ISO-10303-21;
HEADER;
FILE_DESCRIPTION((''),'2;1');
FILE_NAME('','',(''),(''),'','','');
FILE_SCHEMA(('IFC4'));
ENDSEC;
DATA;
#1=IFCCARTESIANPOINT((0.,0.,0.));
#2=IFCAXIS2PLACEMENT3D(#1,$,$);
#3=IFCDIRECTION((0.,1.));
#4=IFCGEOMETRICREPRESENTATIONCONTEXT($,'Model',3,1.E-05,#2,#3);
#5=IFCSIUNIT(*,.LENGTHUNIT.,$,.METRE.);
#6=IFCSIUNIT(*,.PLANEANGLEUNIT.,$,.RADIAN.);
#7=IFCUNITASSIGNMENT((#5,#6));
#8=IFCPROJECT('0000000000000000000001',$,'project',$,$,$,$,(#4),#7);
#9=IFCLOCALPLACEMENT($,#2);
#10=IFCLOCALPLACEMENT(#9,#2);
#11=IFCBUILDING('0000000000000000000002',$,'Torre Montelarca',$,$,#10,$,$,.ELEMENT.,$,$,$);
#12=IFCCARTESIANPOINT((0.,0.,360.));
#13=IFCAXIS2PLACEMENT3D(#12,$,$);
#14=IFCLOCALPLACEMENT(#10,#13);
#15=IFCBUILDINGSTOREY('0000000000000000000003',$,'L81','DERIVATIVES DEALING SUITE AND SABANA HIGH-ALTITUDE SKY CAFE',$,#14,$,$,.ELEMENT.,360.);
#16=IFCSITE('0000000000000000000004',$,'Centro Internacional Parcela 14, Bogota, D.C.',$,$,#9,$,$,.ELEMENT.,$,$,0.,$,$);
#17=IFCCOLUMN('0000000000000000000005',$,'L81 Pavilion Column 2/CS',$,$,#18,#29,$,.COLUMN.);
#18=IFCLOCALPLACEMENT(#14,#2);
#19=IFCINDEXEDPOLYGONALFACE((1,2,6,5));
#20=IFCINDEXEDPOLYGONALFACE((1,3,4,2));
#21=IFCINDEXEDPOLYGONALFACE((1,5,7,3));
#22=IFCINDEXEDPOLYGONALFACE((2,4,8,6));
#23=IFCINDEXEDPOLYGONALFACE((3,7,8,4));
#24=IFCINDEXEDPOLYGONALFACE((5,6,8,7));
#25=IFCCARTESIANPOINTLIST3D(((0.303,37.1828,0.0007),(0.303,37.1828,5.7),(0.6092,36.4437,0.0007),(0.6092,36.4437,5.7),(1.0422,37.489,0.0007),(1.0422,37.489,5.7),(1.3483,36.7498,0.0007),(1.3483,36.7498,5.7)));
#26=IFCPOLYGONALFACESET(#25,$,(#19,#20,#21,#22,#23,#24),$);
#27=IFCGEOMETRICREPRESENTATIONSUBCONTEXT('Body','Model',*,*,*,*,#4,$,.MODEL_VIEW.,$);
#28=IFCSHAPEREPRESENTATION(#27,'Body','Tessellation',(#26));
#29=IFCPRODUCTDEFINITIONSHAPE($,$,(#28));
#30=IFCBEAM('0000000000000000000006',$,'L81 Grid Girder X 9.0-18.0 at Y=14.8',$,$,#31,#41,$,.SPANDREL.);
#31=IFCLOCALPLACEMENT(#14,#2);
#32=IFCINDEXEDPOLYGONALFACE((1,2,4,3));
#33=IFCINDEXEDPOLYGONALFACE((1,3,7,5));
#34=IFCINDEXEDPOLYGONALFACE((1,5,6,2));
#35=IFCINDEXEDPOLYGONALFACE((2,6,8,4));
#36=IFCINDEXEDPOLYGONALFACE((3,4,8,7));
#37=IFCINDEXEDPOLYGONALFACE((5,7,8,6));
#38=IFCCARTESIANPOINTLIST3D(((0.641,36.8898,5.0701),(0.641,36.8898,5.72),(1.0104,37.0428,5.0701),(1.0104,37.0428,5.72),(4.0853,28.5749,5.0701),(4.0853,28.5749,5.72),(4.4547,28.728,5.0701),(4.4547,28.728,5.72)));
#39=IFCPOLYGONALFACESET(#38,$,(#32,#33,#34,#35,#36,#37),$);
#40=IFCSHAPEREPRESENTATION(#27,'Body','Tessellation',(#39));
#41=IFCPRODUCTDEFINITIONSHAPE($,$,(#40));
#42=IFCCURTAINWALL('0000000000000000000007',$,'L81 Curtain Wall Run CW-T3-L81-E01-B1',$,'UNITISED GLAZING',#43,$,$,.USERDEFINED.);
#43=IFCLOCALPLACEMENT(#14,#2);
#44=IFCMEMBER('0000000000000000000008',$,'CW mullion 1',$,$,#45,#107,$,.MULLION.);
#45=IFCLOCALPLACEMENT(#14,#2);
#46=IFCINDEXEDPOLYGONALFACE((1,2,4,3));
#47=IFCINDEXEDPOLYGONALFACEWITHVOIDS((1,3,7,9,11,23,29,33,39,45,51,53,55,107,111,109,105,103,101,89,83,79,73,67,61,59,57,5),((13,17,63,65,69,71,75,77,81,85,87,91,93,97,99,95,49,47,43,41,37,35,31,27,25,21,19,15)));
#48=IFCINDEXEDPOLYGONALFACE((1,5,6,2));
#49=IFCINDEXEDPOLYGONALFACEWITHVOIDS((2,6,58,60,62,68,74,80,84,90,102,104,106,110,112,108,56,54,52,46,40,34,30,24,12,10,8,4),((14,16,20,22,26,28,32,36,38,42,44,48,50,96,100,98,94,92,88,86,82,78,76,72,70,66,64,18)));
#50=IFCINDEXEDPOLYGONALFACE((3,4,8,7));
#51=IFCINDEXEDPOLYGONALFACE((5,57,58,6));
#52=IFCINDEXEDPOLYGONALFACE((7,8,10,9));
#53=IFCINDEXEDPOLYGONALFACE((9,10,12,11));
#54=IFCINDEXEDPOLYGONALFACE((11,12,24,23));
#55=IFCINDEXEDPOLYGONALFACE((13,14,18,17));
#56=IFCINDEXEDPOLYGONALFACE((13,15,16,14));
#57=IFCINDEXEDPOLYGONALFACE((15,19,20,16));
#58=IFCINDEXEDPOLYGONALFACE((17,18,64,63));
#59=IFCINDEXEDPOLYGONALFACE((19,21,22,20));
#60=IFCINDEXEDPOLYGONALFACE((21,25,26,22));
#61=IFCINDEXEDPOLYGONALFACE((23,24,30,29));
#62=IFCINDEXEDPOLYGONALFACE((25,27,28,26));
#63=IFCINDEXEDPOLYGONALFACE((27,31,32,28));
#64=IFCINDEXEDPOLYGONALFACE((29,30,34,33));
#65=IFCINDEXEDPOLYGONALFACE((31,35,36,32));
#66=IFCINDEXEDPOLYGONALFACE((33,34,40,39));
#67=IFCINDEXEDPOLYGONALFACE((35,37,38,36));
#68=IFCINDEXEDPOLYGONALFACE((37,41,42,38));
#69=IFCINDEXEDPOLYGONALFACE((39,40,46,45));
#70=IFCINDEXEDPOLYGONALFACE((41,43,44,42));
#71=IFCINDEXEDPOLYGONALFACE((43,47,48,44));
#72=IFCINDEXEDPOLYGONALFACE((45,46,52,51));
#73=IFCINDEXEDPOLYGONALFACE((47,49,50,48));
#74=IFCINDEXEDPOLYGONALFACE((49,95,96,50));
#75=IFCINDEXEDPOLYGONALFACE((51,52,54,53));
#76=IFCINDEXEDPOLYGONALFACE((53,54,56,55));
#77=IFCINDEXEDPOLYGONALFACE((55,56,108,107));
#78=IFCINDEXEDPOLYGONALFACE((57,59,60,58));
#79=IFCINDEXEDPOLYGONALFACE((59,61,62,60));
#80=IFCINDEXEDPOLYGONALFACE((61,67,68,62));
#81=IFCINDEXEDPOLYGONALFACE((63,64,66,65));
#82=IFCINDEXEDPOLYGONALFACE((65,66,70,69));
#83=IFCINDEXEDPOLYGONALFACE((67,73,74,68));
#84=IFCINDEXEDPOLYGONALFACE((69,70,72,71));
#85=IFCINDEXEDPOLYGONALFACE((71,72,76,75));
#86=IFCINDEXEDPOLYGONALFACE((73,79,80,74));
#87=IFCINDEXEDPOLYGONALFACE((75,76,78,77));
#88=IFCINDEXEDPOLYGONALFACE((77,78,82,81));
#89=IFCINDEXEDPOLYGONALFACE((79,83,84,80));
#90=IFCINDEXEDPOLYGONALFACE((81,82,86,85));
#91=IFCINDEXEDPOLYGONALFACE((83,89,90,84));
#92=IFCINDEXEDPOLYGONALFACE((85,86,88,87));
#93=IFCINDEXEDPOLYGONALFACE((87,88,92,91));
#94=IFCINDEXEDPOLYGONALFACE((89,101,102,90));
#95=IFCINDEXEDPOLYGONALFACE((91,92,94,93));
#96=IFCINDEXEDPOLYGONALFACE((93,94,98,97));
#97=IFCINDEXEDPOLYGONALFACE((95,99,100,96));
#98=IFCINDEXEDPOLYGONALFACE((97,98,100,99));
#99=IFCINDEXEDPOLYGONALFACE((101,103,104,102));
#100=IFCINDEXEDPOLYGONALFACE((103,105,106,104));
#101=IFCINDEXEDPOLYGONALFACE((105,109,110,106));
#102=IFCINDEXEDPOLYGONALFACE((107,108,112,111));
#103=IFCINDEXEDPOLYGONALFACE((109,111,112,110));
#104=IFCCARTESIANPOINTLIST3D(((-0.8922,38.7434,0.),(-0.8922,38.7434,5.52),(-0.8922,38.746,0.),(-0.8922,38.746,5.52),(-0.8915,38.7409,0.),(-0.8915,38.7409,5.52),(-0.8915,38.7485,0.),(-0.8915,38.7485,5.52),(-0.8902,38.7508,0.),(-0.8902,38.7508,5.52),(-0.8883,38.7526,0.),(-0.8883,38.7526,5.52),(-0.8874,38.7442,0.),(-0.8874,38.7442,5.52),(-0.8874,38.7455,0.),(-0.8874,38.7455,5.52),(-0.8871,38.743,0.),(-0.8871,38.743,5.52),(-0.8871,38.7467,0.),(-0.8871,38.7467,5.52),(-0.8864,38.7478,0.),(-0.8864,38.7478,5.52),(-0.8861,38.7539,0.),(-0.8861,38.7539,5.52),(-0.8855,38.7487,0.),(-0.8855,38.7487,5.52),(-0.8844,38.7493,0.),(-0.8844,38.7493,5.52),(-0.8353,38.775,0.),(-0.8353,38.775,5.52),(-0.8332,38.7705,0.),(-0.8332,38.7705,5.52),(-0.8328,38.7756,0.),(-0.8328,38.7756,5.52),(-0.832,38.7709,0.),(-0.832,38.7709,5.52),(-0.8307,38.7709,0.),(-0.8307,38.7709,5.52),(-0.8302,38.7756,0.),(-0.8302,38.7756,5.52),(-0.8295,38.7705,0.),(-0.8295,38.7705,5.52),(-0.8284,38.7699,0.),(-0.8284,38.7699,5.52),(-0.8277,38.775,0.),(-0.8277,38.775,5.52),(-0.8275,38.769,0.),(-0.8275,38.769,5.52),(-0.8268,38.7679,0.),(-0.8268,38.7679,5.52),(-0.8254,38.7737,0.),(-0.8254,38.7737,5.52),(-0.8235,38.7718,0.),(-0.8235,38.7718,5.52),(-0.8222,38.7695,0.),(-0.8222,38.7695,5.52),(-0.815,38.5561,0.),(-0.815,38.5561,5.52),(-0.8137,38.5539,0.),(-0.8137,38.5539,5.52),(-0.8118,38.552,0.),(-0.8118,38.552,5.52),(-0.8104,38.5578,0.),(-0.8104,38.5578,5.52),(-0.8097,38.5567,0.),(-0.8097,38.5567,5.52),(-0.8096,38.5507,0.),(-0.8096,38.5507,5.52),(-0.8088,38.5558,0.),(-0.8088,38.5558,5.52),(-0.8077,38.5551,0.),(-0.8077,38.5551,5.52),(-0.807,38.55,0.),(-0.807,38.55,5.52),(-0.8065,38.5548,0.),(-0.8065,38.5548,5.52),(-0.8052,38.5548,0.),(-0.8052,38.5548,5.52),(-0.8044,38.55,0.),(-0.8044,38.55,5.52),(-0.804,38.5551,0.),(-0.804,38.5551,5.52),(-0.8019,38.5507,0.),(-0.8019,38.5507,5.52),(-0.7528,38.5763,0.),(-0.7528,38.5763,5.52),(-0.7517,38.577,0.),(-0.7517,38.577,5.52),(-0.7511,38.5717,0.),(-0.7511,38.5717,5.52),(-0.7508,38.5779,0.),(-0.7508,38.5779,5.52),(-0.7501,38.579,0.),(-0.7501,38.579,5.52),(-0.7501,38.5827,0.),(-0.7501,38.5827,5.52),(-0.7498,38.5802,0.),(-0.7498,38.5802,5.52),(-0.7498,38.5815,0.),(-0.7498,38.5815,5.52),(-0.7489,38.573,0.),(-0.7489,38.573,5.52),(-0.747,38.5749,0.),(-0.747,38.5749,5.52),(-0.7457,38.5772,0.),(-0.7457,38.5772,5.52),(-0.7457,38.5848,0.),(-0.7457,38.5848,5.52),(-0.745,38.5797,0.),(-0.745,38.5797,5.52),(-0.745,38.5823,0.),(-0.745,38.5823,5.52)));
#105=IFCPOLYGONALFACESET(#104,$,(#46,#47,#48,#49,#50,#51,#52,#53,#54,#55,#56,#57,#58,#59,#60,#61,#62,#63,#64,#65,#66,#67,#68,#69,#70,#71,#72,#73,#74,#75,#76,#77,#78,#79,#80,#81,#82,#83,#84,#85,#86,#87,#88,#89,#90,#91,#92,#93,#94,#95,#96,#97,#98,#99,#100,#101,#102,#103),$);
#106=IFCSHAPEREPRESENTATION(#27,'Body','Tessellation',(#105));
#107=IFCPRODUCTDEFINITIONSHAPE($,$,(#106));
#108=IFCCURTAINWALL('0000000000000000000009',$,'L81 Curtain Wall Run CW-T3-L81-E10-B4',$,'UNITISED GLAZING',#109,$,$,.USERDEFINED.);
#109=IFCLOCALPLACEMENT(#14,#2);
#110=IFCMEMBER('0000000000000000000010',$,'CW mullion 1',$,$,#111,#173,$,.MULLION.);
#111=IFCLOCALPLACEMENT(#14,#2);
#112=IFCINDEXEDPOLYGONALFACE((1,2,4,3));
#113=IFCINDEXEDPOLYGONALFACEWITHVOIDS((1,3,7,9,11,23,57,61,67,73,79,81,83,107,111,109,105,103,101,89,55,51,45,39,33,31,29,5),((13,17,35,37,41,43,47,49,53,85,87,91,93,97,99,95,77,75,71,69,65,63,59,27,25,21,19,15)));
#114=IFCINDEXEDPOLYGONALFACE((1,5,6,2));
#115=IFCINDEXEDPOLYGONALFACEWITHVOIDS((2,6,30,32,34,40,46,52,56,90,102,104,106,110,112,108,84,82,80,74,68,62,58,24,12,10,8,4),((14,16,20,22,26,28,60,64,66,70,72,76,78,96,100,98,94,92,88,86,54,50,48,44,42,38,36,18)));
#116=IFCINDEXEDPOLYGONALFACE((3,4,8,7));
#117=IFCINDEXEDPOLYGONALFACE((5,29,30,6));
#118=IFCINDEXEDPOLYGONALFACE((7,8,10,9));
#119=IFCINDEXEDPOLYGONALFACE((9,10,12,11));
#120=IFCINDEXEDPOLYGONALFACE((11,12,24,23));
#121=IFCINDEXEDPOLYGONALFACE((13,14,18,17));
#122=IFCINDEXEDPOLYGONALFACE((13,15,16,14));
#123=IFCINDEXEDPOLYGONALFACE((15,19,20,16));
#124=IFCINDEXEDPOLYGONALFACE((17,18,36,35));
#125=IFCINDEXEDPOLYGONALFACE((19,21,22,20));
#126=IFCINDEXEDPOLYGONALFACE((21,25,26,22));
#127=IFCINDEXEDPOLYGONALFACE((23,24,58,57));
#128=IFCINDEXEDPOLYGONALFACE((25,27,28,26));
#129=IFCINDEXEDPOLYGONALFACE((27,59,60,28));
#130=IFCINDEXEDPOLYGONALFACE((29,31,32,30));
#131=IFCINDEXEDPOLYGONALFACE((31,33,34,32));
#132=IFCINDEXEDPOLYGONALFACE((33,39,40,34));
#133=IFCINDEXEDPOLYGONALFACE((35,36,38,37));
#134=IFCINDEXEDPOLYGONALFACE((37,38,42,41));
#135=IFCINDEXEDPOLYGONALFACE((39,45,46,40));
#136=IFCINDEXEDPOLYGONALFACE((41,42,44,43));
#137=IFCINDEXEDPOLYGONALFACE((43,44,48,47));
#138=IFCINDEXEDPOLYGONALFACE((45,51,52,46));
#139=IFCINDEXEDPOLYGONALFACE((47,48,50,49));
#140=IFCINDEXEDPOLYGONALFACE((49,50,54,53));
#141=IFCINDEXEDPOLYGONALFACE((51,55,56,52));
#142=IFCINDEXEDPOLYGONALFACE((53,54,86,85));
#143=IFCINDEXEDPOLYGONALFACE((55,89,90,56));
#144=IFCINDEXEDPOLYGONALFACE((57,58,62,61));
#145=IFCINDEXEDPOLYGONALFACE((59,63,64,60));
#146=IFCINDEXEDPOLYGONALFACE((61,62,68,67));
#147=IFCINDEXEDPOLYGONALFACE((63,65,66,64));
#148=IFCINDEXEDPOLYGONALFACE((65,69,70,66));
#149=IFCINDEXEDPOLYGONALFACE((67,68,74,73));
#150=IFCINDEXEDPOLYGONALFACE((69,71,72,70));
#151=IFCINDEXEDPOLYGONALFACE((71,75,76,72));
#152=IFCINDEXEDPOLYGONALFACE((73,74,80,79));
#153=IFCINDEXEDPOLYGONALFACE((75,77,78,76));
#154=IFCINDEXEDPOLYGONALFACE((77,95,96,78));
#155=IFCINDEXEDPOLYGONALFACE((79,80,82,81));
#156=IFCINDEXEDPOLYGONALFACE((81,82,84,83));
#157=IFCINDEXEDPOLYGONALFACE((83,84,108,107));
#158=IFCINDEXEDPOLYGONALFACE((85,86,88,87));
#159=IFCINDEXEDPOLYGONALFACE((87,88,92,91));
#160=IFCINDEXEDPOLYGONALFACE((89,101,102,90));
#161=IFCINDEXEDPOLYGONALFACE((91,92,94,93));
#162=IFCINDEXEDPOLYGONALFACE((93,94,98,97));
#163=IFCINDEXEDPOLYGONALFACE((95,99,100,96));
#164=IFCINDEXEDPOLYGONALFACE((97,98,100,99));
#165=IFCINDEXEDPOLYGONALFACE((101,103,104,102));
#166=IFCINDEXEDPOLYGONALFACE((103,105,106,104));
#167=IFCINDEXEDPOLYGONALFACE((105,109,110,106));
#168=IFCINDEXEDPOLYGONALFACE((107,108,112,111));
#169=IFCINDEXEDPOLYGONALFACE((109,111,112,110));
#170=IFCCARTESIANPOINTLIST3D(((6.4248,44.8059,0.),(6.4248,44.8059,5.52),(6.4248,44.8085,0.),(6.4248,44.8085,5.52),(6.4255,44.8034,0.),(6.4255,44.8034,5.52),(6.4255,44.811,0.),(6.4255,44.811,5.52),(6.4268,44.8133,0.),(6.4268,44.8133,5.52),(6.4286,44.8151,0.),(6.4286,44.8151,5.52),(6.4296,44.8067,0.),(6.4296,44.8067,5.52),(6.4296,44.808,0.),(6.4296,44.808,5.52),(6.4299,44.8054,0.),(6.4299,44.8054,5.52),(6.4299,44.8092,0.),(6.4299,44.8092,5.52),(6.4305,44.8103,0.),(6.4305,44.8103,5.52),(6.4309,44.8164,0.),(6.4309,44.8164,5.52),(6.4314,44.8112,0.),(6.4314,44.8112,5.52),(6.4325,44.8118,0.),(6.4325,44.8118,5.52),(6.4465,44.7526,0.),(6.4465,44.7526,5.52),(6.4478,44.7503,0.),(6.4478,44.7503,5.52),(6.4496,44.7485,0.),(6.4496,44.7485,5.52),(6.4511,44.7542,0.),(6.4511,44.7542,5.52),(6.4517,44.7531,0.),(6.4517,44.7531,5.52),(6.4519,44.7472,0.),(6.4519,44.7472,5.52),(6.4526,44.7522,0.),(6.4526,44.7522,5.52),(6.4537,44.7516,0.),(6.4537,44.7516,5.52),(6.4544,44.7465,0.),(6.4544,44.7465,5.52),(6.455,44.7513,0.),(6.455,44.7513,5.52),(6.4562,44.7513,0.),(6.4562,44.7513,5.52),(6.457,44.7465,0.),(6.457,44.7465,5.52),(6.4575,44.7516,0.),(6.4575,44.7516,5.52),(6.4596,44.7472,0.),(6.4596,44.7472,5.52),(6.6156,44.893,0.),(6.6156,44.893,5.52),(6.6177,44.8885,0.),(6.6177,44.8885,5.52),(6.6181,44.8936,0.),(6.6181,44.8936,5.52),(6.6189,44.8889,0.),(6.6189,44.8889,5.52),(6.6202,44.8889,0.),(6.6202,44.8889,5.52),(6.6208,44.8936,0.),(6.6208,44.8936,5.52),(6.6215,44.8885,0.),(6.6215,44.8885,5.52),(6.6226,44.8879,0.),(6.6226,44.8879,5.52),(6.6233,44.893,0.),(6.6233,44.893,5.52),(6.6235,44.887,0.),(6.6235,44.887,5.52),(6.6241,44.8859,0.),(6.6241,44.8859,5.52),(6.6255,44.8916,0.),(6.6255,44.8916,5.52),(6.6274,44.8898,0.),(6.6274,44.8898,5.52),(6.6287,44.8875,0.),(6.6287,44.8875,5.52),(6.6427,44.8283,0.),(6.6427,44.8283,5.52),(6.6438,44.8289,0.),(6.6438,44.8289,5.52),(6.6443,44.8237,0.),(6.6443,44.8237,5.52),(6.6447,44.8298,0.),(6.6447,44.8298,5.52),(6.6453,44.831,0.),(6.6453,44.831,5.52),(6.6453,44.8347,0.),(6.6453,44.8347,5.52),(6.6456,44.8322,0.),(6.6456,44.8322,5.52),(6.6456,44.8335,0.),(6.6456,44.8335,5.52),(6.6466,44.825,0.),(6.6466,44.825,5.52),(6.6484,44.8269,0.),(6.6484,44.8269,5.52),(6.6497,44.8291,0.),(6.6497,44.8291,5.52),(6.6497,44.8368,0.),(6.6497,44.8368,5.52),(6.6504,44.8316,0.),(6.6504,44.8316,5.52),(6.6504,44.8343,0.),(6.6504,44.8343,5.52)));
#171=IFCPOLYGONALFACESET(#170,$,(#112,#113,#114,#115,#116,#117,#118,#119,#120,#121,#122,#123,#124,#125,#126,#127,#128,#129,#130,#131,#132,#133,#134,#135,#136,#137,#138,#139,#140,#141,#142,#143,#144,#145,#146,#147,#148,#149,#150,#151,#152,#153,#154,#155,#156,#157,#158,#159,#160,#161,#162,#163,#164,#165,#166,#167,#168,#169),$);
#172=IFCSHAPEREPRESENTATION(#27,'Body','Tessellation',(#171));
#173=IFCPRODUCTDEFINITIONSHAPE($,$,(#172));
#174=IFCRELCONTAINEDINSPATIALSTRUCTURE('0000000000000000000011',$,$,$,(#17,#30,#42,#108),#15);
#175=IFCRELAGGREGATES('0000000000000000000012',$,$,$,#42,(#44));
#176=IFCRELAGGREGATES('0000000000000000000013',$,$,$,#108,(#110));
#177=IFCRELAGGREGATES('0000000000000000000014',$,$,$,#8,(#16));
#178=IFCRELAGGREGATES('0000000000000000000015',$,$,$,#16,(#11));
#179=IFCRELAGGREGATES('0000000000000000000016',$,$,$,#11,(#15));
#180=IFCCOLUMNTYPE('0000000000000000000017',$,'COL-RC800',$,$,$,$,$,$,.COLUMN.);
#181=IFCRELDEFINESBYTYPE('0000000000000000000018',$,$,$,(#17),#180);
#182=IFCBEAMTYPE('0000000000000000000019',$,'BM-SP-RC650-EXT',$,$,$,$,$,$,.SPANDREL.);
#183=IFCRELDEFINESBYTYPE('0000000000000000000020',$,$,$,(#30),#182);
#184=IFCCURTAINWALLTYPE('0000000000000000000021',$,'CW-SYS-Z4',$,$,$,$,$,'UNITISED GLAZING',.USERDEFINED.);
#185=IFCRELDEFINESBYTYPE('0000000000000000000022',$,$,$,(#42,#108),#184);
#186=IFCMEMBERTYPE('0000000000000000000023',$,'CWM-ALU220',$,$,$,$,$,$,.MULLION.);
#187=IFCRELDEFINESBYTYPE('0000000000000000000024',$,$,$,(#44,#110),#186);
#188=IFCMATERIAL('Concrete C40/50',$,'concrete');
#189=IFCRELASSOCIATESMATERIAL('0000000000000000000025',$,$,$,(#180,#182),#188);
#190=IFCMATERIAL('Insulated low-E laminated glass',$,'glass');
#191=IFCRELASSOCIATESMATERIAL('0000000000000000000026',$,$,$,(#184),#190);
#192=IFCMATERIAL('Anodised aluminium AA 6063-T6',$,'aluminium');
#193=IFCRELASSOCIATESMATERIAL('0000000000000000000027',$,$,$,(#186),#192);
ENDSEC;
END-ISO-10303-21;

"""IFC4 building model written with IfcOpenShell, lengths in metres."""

from ifc_helpers import new_model, si_unit, direction, frame, origin, origin_2d, place, context, subcontext, project, spatial, rectangle, hollow_rectangle, extrude, source, transform, mapped, material, material_profile, profile_set, type_object, element, aggregate, save


model = new_model("IFC4")

# Units and contexts
model_context = context("Model", 3, precision=1e-05, world=origin(), true_north=direction((0.0, 1.0)))
body_context = subcontext(model_context, "Body", "Model", "MODEL_VIEW")
ifc_project = project(units=[si_unit("LENGTHUNIT", "METRE"), si_unit("PLANEANGLEUNIT", "RADIAN")], contexts=[model_context])

# Site, building, storey
site_placement = place(None, origin())
site = spatial("IfcSite", under=ifc_project, at=site_placement, Name="Centro Internacional Parcela 14, Bogota, D.C.", CompositionType="ELEMENT", RefElevation=0.0)
building_placement = place(site_placement, origin())
building = spatial("IfcBuilding", under=site, at=building_placement, Name="Torre Montelarca", CompositionType="ELEMENT")
storey_placement = place(building_placement, frame((0.0, 0.0, 360.0)))
storey = spatial("IfcBuildingStorey", under=building, at=storey_placement, Name="L81", Description="DERIVATIVES DEALING SUITE AND SABANA HIGH-ALTITUDE SKY CAFE", CompositionType="ELEMENT", Elevation=360.0)

# Column
ifc_material_1 = material(Name="Concrete C40/50", Category="concrete")
ifc_material_profile_1 = material_profile(ifc_material_1, rectangle(XDim=0.8, YDim=0.8, at=origin_2d()), Name="RC800X800", Category="concrete")
ifc_profile_set_1 = profile_set([ifc_material_profile_1], Name="Concrete C40/50")
column_type = type_object("IfcColumnType", Name="COL-RC800", PredefinedType="COLUMN", material=ifc_profile_set_1)
shared_shape_1 = source(origin(), body_context, "Body", "SweptSolid", [
    extrude(rectangle(XDim=0.8, YDim=0.8, at=origin_2d()), origin(), (0.0, 0.0, 1.0), 5.6992),
])
column_placement = place(storey_placement, frame((0.8257, 36.9663, 0.0007), z_axis=(0.0, 0.0, 1.0), x_axis=(-0.382683, 0.92388, 0.0)))
element("IfcColumn", 1, at=column_placement, inside=storey, type_object=column_type, Name="L81 Pavilion Column 2/CS", PredefinedType="COLUMN", context=body_context, shape_type="MappedRepresentation", body=[
    mapped(shared_shape_1, transform((0.0, 0.0, 0.0), scale=1.0)),
])

# Beam
ifc_material_profile_2 = material_profile(ifc_material_1, rectangle(XDim=0.3999, YDim=0.6499, at=origin_2d()), Name="RCB400X650", Category="concrete")
ifc_profile_set_2 = profile_set([ifc_material_profile_2], Name="Concrete C40/50")
beam_type = type_object("IfcBeamType", Name="BM-SP-RC650-EXT", PredefinedType="SPANDREL", material=ifc_profile_set_2)
shared_shape_2 = source(origin(), body_context, "Body", "SweptSolid", [
    extrude(rectangle(XDim=0.3999, YDim=0.6499, at=origin_2d()), origin(), (0.0, 0.0, 1.0), 9.0),
])
beam_placement = place(storey_placement, frame((0.8257, 36.9663, 5.395), z_axis=(0.3827, -0.923873, 0.0), x_axis=(0.923873, 0.3827, 0.0)))
element("IfcBeam", 2, at=beam_placement, inside=storey, type_object=beam_type, Name="L81 Grid Girder X 9.0-18.0 at Y=14.8", PredefinedType="SPANDREL", context=body_context, shape_type="MappedRepresentation", body=[
    mapped(shared_shape_2, transform((0.0, 0.0, 0.0), scale=1.0)),
])

# Curtain wall, member
ifc_material_2 = material(Name="Insulated low-E laminated glass", Category="glass")
curtain_wall_type = type_object("IfcCurtainWallType", Name="CW-SYS-Z4", ElementType="UNITISED GLAZING", PredefinedType="USERDEFINED", material=ifc_material_2)
curtain_wall_1_placement = place(storey_placement, origin())
curtain_wall_1 = element("IfcCurtainWall", 3, at=curtain_wall_1_placement, inside=storey, type_object=curtain_wall_type, Name="L81 Curtain Wall Run CW-T3-L81-E01-B1", ObjectType="UNITISED GLAZING", PredefinedType="USERDEFINED")
ifc_material_3 = material(Name="Anodised aluminium AA 6063-T6", Category="aluminium")
ifc_material_profile_3 = material_profile(ifc_material_3, hollow_rectangle(XDim=0.075, YDim=0.22, WallThickness=0.0049, InnerFilletRadius=0.0049, OuterFilletRadius=0.01, at=origin_2d()), Name="ALU75X220X5", Category="aluminium")
ifc_profile_set_3 = profile_set([ifc_material_profile_3], Name="Anodised aluminium AA 6063-T6")
member_type_1 = type_object("IfcMemberType", Name="CWM-ALU220", PredefinedType="MULLION", material=ifc_profile_set_3)
shared_shape_3 = source(origin(), body_context, "Body", "SweptSolid", [
    extrude(hollow_rectangle(XDim=0.075, YDim=0.22, WallThickness=0.0049, InnerFilletRadius=0.0049, OuterFilletRadius=0.01, at=origin_2d()), origin(), (0.0, 0.0, 1.0), 5.52),
])
member_1_placement = place(storey_placement, frame((-0.8186, 38.6628, 0.0), z_axis=(0.0, 0.0, 1.0), x_axis=(0.92388, 0.382681, 0.0)))
member_1 = element("IfcMember", 4, at=member_1_placement, type_object=member_type_1, Name="CW mullion 1", PredefinedType="MULLION", context=body_context, shape_type="MappedRepresentation", body=[
    mapped(shared_shape_3, transform((0.0, 0.0, 0.0), scale=1.0)),
])

# Curtain wall, member
curtain_wall_2_placement = place(storey_placement, origin())
curtain_wall_2 = element("IfcCurtainWall", 5, at=curtain_wall_2_placement, inside=storey, type_object=curtain_wall_type, Name="L81 Curtain Wall Run CW-T3-L81-E10-B4", ObjectType="UNITISED GLAZING", PredefinedType="USERDEFINED")
member_2_placement = place(storey_placement, frame((6.5376, 44.8201, 0.0), z_axis=(0.0, 0.0, 1.0), x_axis=(0.382684, -0.923879, 0.0)))
member_2 = element("IfcMember", 6, at=member_2_placement, type_object=member_type_1, Name="CW mullion 1", PredefinedType="MULLION", context=body_context, shape_type="MappedRepresentation", body=[
    mapped(shared_shape_3, transform((0.0, 0.0, 0.0), scale=1.0)),
])

aggregate(curtain_wall_1, [member_1])
aggregate(curtain_wall_2, [member_2])

save(model, "model.ifc")
